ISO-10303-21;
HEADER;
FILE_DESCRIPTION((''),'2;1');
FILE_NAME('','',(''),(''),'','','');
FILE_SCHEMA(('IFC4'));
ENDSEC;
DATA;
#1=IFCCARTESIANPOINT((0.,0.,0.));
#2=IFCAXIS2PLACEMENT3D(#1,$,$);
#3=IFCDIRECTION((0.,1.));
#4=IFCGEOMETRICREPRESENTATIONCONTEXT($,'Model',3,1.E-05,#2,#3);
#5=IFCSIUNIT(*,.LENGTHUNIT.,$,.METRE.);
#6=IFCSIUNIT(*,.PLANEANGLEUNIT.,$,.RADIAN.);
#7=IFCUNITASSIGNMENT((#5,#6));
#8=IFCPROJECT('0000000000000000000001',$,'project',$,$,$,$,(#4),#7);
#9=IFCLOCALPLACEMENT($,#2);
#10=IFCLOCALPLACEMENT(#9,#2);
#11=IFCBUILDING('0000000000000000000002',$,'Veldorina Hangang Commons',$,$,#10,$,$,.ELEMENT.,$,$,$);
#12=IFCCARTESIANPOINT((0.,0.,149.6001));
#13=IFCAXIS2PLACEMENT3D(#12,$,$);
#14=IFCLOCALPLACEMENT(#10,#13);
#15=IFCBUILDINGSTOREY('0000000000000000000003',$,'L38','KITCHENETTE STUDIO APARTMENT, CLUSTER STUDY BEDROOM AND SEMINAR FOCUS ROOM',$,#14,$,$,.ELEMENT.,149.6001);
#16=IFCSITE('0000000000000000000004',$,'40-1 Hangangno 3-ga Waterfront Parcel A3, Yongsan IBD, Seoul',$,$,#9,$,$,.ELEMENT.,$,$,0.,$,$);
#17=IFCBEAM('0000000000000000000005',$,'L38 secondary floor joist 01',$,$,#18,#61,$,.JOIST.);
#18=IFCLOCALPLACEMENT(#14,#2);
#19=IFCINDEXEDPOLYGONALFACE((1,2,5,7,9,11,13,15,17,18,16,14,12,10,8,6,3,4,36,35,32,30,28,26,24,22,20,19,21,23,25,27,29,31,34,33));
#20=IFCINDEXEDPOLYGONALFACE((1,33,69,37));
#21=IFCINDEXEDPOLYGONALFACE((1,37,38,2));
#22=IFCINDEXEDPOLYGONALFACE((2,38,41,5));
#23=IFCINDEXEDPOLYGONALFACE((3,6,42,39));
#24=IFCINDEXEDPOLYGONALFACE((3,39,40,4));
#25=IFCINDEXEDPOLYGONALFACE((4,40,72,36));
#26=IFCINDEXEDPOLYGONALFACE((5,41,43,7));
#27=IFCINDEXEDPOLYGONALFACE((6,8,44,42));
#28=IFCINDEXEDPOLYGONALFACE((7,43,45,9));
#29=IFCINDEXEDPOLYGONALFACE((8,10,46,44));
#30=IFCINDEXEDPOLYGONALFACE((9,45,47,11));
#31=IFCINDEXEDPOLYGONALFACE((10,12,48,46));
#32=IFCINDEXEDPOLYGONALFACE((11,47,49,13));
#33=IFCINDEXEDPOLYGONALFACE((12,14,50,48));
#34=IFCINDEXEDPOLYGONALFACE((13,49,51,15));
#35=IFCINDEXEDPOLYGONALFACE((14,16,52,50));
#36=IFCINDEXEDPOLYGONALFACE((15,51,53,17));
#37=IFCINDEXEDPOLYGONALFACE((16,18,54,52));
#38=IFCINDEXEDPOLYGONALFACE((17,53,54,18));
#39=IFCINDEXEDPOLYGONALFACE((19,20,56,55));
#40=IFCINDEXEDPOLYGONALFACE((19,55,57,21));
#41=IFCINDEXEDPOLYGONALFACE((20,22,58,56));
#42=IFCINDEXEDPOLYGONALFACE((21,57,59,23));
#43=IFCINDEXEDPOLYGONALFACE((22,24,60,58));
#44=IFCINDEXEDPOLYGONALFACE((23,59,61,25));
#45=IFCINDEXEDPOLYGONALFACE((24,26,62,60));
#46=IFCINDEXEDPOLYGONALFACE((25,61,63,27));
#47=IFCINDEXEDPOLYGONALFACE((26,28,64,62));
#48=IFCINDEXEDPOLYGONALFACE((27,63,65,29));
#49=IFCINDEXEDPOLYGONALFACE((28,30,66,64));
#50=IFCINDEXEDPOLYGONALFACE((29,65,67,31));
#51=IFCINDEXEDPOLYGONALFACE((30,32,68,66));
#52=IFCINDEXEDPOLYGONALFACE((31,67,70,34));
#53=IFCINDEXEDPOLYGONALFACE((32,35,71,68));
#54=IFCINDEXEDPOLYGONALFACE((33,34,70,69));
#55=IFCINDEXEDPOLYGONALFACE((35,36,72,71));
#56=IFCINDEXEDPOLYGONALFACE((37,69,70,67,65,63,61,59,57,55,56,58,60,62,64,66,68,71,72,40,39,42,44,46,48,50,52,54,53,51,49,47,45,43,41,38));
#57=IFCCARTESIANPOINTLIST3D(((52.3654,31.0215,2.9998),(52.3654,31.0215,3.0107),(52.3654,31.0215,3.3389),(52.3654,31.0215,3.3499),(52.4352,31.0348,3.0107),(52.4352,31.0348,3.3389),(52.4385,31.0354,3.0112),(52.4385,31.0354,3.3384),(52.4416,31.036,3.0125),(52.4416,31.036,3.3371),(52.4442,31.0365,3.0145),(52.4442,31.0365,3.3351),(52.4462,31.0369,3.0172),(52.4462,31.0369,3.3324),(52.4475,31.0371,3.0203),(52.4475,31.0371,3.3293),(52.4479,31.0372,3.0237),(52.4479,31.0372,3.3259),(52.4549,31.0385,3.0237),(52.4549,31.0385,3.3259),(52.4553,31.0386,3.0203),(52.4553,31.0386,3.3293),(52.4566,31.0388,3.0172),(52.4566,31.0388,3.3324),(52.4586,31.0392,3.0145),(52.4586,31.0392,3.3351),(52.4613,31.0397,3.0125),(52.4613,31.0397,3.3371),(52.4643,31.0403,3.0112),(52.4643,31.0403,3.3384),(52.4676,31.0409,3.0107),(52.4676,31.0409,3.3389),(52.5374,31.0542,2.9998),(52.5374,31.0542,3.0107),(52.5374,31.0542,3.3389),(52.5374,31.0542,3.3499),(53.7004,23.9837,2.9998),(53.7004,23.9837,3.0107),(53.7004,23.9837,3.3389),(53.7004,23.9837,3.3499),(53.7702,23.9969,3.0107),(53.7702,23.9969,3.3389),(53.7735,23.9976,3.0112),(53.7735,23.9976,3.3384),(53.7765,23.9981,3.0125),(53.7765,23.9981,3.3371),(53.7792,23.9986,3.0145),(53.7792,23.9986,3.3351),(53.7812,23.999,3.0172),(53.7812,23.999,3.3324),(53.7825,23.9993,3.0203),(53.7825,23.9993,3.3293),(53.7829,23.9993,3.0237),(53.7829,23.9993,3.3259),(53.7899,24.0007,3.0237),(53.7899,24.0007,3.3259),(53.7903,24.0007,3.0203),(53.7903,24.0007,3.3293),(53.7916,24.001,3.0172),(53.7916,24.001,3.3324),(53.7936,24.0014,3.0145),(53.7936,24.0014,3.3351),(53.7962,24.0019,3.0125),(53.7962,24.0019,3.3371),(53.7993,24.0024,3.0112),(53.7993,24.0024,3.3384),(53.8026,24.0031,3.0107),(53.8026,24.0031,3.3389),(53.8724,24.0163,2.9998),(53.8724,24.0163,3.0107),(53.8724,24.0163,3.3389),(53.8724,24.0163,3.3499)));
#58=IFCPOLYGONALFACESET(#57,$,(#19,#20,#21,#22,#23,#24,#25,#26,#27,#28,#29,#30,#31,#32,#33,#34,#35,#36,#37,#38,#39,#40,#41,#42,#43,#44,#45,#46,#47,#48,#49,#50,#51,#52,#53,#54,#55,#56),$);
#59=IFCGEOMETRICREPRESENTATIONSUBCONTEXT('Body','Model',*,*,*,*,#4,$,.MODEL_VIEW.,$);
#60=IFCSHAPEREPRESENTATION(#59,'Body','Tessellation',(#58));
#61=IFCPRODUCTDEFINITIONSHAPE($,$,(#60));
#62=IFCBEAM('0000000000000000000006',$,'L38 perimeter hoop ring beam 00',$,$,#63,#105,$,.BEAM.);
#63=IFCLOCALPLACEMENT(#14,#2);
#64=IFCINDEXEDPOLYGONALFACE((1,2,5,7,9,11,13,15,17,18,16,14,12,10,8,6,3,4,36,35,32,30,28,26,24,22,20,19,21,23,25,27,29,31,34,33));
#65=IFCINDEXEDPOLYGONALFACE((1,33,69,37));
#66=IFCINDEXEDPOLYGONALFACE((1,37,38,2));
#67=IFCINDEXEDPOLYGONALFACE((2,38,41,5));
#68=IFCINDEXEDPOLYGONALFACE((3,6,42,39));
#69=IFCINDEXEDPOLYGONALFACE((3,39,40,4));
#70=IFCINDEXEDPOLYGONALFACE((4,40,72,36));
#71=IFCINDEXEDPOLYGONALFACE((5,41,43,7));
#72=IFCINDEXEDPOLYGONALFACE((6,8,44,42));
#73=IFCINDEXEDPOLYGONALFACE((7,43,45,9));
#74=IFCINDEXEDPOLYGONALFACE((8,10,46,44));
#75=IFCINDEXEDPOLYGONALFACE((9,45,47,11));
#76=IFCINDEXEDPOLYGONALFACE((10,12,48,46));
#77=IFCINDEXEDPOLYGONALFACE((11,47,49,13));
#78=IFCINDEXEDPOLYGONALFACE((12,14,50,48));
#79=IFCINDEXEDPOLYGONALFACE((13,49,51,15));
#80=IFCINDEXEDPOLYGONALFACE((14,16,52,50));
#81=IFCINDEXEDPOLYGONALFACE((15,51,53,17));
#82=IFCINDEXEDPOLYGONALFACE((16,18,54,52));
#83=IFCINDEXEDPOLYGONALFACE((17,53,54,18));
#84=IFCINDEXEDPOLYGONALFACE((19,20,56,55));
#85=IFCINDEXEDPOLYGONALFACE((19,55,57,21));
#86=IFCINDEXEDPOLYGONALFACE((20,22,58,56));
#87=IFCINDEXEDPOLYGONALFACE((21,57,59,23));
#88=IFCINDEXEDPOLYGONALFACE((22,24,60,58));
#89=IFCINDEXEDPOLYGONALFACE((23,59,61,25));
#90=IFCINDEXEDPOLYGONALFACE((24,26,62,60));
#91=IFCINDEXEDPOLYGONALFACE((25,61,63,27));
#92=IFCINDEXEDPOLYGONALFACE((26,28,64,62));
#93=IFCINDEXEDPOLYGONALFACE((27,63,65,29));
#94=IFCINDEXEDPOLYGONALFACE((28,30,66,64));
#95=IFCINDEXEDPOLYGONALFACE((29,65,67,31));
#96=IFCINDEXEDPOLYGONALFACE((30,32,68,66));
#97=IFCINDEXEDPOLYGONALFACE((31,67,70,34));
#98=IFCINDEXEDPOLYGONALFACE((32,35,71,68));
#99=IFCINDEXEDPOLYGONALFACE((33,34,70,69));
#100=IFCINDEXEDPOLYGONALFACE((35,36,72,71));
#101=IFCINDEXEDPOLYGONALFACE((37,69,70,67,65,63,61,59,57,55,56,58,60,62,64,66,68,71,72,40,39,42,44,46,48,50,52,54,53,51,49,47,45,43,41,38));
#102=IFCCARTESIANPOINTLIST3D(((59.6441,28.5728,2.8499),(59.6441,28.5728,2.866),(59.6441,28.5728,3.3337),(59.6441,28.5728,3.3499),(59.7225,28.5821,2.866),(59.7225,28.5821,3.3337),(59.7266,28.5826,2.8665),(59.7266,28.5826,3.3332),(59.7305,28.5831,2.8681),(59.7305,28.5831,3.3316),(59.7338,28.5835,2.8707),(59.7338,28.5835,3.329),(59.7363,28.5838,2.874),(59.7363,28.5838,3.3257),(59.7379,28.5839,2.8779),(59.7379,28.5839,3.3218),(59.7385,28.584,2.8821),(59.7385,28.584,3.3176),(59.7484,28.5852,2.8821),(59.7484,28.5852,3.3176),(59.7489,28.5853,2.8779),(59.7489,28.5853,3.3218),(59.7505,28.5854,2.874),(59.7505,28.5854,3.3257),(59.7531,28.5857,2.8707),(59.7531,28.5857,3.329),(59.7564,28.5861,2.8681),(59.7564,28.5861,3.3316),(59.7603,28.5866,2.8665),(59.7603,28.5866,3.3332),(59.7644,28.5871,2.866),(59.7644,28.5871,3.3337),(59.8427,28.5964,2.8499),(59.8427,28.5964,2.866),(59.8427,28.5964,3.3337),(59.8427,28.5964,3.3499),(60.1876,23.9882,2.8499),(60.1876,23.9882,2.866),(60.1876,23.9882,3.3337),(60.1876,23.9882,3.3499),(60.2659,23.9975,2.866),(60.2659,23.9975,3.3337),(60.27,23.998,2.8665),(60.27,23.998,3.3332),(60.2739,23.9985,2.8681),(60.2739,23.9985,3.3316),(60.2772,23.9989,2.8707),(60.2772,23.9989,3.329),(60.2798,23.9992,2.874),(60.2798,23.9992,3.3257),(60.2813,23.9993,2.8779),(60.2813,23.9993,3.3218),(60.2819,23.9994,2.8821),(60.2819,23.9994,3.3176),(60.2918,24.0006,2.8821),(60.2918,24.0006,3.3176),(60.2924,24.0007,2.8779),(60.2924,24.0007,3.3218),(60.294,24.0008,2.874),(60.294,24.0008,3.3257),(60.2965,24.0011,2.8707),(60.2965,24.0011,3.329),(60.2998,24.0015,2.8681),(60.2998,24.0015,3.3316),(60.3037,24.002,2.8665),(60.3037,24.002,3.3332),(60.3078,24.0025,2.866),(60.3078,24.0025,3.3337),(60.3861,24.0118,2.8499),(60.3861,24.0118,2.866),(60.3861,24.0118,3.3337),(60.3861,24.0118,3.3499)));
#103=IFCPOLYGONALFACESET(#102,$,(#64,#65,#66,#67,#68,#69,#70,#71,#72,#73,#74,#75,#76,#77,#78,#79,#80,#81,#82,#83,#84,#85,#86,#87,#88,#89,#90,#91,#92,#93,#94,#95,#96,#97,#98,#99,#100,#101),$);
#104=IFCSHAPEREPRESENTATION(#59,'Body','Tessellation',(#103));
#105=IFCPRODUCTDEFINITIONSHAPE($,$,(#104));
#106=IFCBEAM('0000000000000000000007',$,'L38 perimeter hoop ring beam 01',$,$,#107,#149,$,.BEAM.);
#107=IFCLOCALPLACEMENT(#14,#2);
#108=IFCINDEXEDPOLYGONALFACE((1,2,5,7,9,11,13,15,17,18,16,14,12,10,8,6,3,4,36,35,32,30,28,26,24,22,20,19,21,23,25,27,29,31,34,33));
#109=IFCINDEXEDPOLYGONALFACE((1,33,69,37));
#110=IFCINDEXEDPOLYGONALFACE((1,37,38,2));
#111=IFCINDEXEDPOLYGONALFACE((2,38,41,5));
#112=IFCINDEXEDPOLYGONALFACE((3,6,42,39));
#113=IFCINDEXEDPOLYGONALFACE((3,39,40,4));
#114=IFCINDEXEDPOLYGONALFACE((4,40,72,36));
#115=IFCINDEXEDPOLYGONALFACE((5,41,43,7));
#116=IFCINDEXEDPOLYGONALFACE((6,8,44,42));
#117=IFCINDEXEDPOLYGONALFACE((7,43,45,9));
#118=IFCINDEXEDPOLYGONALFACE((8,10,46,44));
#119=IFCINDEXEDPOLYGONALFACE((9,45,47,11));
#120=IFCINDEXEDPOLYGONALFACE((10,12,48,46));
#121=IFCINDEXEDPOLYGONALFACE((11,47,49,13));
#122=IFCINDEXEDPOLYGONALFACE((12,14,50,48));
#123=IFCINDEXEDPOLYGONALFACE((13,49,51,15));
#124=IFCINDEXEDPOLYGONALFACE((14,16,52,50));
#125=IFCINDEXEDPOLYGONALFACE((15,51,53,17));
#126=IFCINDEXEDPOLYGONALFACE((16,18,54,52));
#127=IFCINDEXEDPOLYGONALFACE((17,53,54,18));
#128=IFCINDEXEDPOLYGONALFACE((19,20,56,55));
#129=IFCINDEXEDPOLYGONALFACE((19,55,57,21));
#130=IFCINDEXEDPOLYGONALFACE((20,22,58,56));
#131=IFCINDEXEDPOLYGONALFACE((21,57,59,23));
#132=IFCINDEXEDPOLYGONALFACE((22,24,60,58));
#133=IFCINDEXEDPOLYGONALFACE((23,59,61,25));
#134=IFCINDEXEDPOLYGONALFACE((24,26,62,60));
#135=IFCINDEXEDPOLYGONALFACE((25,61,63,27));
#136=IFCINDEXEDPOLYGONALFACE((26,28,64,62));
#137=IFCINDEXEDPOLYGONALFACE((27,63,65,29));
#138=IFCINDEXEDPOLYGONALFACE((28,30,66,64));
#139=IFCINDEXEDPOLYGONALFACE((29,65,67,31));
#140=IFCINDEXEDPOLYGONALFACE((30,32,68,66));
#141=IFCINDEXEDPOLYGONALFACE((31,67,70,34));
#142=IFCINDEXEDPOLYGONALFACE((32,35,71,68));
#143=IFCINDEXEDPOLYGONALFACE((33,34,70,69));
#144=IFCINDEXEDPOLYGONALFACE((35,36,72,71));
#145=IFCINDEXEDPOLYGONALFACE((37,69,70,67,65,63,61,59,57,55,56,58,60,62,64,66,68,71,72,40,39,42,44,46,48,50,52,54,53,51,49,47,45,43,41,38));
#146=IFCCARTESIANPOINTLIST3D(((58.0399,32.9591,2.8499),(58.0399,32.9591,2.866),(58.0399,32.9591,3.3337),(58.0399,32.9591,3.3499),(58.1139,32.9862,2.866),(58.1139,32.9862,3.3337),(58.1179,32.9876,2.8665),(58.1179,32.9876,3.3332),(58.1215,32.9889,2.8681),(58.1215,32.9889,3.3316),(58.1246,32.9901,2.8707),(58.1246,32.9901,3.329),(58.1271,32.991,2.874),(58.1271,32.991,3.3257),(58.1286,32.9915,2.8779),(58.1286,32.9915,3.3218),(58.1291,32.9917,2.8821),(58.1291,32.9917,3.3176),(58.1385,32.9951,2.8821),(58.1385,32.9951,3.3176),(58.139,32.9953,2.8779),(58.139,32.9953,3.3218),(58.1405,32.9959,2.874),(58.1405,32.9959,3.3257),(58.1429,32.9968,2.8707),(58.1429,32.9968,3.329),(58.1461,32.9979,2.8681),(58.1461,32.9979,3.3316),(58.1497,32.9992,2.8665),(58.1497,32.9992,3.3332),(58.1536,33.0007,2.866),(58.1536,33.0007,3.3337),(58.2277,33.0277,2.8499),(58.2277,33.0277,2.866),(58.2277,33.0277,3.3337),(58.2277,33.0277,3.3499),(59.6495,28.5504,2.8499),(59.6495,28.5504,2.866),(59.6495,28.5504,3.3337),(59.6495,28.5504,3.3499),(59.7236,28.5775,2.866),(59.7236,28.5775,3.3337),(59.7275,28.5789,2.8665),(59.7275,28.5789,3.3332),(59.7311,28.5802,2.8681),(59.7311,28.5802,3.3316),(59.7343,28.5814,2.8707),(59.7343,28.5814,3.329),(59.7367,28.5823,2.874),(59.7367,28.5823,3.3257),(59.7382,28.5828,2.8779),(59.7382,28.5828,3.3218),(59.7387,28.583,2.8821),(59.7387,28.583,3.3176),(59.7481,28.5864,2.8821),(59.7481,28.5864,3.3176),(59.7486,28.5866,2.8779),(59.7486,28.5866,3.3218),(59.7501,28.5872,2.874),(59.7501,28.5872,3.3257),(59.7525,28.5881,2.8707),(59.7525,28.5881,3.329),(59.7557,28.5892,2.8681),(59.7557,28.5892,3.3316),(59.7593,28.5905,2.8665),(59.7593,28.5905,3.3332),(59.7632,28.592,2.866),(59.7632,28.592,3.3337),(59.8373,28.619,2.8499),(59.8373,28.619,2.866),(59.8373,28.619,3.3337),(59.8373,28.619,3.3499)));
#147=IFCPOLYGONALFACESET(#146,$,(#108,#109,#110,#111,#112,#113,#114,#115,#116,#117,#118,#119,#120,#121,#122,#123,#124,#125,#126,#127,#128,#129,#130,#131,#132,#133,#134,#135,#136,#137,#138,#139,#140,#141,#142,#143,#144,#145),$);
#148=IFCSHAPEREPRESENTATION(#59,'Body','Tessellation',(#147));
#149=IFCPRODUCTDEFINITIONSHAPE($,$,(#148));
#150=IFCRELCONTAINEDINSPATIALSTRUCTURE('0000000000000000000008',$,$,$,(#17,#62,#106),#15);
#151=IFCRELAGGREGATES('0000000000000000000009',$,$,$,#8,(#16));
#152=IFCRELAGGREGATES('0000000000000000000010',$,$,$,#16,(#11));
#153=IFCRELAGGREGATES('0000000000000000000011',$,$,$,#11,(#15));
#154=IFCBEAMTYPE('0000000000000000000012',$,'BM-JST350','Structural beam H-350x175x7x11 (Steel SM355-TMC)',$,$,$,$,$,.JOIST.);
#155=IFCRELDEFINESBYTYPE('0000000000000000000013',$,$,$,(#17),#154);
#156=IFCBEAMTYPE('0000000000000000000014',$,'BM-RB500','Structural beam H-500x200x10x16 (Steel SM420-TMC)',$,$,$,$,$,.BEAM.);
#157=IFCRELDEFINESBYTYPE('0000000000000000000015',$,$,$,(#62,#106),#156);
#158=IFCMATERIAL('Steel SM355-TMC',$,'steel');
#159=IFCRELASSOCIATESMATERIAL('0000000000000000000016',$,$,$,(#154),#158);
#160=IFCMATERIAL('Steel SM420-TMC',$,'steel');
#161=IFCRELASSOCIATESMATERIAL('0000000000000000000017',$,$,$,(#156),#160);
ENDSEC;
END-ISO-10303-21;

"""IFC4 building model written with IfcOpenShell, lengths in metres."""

from ifc_helpers import new_model, si_unit, direction, frame, origin, origin_2d, place, context, subcontext, project, spatial, i_section, extrude, material, material_profile, profile_set, type_object, element, save


model = new_model("IFC4")

# Units and contexts
model_context = context("Model", 3, precision=1e-05, world=origin(), true_north=direction((0.0, 1.0)))
body_context = subcontext(model_context, "Body", "Model", "MODEL_VIEW")
ifc_project = project(units=[si_unit("LENGTHUNIT", "METRE"), si_unit("PLANEANGLEUNIT", "RADIAN")], contexts=[model_context])

# Site, building, storey
site_placement = place(None, origin())
site = spatial("IfcSite", under=ifc_project, at=site_placement, Name="40-1 Hangangno 3-ga Waterfront Parcel A3, Yongsan IBD, Seoul", CompositionType="ELEMENT", RefElevation=0.0)
building_placement = place(site_placement, origin())
building = spatial("IfcBuilding", under=site, at=building_placement, Name="Veldorina Hangang Commons", CompositionType="ELEMENT")
storey_placement = place(building_placement, frame((0.0, 0.0, 149.6001)))
storey = spatial("IfcBuildingStorey", under=building, at=storey_placement, Name="L38", Description="KITCHENETTE STUDIO APARTMENT, CLUSTER STUDY BEDROOM AND SEMINAR FOCUS ROOM", CompositionType="ELEMENT", Elevation=149.6001)

# Beams
ifc_material_1 = material(Name="Steel SM355-TMC", Category="steel")
ifc_material_profile_1 = material_profile(ifc_material_1, i_section(OverallWidth=0.175, OverallDepth=0.3501, WebThickness=0.0071, FlangeThickness=0.011, FilletRadius=0.0129, at=origin_2d()), Name="H-350x175x7x11")
ifc_profile_set_1 = profile_set([ifc_material_profile_1], Name="Steel SM355-TMC")
beam_type_1 = type_object("IfcBeamType", Name="BM-JST350", Description="Structural beam H-350x175x7x11 (Steel SM355-TMC)", PredefinedType="JOIST", material=ifc_profile_set_1)
beam_1_placement = place(storey_placement, frame((53.7864, 24.0, 3.1748), z_axis=(-0.18636, 0.982481, 0.0), x_axis=(-0.982481, -0.18636, 0.0)))
element("IfcBeam", 1, at=beam_1_placement, inside=storey, type_object=beam_type_1, Name="L38 secondary floor joist 01", PredefinedType="JOIST", context=body_context, shape_type="SweptSolid", body=[
    extrude(i_section(OverallWidth=0.175, OverallDepth=0.3501, WebThickness=0.0071, FlangeThickness=0.011, FilletRadius=0.0129, at=origin_2d()), origin(), (0.0, 0.0, 1.0), 7.1633),
])
ifc_material_2 = material(Name="Steel SM420-TMC", Category="steel")
ifc_material_profile_2 = material_profile(ifc_material_2, i_section(OverallWidth=0.2, OverallDepth=0.5, WebThickness=0.01, FlangeThickness=0.0161, FilletRadius=0.0161, at=origin_2d()), Name="H-500x200x10x16")
ifc_profile_set_2 = profile_set([ifc_material_profile_2], Name="Steel SM420-TMC")
beam_type_2 = type_object("IfcBeamType", Name="BM-RB500", Description="Structural beam H-500x200x10x16 (Steel SM420-TMC)", PredefinedType="BEAM", material=ifc_profile_set_2)
beam_2_placement = place(storey_placement, frame((60.2869, 24.0, 3.0999), z_axis=(-0.117713, 0.993048, 0.0), x_axis=(-0.993048, -0.117713, 0.0)))
element("IfcBeam", 2, at=beam_2_placement, inside=storey, type_object=beam_type_2, Name="L38 perimeter hoop ring beam 00", PredefinedType="BEAM", context=body_context, shape_type="SweptSolid", body=[
    extrude(i_section(OverallWidth=0.2, OverallDepth=0.5, WebThickness=0.01, FlangeThickness=0.0161, FilletRadius=0.0161, at=origin_2d()), origin(), (0.0, 0.0, 1.0), 4.6167),
])
beam_3_placement = place(storey_placement, frame((59.7434, 28.5847, 3.0999), z_axis=(-0.342958, 0.939351, 0.0), x_axis=(-0.939351, -0.342958, 0.0)))
element("IfcBeam", 3, at=beam_3_placement, inside=storey, type_object=beam_type_2, Name="L38 perimeter hoop ring beam 01", PredefinedType="BEAM", context=body_context, shape_type="SweptSolid", body=[
    extrude(i_section(OverallWidth=0.2, OverallDepth=0.5, WebThickness=0.01, FlangeThickness=0.0161, FilletRadius=0.0161, at=origin_2d()), origin(), (0.0, 0.0, 1.0), 4.6934),
])

save(model, "model.ifc")
